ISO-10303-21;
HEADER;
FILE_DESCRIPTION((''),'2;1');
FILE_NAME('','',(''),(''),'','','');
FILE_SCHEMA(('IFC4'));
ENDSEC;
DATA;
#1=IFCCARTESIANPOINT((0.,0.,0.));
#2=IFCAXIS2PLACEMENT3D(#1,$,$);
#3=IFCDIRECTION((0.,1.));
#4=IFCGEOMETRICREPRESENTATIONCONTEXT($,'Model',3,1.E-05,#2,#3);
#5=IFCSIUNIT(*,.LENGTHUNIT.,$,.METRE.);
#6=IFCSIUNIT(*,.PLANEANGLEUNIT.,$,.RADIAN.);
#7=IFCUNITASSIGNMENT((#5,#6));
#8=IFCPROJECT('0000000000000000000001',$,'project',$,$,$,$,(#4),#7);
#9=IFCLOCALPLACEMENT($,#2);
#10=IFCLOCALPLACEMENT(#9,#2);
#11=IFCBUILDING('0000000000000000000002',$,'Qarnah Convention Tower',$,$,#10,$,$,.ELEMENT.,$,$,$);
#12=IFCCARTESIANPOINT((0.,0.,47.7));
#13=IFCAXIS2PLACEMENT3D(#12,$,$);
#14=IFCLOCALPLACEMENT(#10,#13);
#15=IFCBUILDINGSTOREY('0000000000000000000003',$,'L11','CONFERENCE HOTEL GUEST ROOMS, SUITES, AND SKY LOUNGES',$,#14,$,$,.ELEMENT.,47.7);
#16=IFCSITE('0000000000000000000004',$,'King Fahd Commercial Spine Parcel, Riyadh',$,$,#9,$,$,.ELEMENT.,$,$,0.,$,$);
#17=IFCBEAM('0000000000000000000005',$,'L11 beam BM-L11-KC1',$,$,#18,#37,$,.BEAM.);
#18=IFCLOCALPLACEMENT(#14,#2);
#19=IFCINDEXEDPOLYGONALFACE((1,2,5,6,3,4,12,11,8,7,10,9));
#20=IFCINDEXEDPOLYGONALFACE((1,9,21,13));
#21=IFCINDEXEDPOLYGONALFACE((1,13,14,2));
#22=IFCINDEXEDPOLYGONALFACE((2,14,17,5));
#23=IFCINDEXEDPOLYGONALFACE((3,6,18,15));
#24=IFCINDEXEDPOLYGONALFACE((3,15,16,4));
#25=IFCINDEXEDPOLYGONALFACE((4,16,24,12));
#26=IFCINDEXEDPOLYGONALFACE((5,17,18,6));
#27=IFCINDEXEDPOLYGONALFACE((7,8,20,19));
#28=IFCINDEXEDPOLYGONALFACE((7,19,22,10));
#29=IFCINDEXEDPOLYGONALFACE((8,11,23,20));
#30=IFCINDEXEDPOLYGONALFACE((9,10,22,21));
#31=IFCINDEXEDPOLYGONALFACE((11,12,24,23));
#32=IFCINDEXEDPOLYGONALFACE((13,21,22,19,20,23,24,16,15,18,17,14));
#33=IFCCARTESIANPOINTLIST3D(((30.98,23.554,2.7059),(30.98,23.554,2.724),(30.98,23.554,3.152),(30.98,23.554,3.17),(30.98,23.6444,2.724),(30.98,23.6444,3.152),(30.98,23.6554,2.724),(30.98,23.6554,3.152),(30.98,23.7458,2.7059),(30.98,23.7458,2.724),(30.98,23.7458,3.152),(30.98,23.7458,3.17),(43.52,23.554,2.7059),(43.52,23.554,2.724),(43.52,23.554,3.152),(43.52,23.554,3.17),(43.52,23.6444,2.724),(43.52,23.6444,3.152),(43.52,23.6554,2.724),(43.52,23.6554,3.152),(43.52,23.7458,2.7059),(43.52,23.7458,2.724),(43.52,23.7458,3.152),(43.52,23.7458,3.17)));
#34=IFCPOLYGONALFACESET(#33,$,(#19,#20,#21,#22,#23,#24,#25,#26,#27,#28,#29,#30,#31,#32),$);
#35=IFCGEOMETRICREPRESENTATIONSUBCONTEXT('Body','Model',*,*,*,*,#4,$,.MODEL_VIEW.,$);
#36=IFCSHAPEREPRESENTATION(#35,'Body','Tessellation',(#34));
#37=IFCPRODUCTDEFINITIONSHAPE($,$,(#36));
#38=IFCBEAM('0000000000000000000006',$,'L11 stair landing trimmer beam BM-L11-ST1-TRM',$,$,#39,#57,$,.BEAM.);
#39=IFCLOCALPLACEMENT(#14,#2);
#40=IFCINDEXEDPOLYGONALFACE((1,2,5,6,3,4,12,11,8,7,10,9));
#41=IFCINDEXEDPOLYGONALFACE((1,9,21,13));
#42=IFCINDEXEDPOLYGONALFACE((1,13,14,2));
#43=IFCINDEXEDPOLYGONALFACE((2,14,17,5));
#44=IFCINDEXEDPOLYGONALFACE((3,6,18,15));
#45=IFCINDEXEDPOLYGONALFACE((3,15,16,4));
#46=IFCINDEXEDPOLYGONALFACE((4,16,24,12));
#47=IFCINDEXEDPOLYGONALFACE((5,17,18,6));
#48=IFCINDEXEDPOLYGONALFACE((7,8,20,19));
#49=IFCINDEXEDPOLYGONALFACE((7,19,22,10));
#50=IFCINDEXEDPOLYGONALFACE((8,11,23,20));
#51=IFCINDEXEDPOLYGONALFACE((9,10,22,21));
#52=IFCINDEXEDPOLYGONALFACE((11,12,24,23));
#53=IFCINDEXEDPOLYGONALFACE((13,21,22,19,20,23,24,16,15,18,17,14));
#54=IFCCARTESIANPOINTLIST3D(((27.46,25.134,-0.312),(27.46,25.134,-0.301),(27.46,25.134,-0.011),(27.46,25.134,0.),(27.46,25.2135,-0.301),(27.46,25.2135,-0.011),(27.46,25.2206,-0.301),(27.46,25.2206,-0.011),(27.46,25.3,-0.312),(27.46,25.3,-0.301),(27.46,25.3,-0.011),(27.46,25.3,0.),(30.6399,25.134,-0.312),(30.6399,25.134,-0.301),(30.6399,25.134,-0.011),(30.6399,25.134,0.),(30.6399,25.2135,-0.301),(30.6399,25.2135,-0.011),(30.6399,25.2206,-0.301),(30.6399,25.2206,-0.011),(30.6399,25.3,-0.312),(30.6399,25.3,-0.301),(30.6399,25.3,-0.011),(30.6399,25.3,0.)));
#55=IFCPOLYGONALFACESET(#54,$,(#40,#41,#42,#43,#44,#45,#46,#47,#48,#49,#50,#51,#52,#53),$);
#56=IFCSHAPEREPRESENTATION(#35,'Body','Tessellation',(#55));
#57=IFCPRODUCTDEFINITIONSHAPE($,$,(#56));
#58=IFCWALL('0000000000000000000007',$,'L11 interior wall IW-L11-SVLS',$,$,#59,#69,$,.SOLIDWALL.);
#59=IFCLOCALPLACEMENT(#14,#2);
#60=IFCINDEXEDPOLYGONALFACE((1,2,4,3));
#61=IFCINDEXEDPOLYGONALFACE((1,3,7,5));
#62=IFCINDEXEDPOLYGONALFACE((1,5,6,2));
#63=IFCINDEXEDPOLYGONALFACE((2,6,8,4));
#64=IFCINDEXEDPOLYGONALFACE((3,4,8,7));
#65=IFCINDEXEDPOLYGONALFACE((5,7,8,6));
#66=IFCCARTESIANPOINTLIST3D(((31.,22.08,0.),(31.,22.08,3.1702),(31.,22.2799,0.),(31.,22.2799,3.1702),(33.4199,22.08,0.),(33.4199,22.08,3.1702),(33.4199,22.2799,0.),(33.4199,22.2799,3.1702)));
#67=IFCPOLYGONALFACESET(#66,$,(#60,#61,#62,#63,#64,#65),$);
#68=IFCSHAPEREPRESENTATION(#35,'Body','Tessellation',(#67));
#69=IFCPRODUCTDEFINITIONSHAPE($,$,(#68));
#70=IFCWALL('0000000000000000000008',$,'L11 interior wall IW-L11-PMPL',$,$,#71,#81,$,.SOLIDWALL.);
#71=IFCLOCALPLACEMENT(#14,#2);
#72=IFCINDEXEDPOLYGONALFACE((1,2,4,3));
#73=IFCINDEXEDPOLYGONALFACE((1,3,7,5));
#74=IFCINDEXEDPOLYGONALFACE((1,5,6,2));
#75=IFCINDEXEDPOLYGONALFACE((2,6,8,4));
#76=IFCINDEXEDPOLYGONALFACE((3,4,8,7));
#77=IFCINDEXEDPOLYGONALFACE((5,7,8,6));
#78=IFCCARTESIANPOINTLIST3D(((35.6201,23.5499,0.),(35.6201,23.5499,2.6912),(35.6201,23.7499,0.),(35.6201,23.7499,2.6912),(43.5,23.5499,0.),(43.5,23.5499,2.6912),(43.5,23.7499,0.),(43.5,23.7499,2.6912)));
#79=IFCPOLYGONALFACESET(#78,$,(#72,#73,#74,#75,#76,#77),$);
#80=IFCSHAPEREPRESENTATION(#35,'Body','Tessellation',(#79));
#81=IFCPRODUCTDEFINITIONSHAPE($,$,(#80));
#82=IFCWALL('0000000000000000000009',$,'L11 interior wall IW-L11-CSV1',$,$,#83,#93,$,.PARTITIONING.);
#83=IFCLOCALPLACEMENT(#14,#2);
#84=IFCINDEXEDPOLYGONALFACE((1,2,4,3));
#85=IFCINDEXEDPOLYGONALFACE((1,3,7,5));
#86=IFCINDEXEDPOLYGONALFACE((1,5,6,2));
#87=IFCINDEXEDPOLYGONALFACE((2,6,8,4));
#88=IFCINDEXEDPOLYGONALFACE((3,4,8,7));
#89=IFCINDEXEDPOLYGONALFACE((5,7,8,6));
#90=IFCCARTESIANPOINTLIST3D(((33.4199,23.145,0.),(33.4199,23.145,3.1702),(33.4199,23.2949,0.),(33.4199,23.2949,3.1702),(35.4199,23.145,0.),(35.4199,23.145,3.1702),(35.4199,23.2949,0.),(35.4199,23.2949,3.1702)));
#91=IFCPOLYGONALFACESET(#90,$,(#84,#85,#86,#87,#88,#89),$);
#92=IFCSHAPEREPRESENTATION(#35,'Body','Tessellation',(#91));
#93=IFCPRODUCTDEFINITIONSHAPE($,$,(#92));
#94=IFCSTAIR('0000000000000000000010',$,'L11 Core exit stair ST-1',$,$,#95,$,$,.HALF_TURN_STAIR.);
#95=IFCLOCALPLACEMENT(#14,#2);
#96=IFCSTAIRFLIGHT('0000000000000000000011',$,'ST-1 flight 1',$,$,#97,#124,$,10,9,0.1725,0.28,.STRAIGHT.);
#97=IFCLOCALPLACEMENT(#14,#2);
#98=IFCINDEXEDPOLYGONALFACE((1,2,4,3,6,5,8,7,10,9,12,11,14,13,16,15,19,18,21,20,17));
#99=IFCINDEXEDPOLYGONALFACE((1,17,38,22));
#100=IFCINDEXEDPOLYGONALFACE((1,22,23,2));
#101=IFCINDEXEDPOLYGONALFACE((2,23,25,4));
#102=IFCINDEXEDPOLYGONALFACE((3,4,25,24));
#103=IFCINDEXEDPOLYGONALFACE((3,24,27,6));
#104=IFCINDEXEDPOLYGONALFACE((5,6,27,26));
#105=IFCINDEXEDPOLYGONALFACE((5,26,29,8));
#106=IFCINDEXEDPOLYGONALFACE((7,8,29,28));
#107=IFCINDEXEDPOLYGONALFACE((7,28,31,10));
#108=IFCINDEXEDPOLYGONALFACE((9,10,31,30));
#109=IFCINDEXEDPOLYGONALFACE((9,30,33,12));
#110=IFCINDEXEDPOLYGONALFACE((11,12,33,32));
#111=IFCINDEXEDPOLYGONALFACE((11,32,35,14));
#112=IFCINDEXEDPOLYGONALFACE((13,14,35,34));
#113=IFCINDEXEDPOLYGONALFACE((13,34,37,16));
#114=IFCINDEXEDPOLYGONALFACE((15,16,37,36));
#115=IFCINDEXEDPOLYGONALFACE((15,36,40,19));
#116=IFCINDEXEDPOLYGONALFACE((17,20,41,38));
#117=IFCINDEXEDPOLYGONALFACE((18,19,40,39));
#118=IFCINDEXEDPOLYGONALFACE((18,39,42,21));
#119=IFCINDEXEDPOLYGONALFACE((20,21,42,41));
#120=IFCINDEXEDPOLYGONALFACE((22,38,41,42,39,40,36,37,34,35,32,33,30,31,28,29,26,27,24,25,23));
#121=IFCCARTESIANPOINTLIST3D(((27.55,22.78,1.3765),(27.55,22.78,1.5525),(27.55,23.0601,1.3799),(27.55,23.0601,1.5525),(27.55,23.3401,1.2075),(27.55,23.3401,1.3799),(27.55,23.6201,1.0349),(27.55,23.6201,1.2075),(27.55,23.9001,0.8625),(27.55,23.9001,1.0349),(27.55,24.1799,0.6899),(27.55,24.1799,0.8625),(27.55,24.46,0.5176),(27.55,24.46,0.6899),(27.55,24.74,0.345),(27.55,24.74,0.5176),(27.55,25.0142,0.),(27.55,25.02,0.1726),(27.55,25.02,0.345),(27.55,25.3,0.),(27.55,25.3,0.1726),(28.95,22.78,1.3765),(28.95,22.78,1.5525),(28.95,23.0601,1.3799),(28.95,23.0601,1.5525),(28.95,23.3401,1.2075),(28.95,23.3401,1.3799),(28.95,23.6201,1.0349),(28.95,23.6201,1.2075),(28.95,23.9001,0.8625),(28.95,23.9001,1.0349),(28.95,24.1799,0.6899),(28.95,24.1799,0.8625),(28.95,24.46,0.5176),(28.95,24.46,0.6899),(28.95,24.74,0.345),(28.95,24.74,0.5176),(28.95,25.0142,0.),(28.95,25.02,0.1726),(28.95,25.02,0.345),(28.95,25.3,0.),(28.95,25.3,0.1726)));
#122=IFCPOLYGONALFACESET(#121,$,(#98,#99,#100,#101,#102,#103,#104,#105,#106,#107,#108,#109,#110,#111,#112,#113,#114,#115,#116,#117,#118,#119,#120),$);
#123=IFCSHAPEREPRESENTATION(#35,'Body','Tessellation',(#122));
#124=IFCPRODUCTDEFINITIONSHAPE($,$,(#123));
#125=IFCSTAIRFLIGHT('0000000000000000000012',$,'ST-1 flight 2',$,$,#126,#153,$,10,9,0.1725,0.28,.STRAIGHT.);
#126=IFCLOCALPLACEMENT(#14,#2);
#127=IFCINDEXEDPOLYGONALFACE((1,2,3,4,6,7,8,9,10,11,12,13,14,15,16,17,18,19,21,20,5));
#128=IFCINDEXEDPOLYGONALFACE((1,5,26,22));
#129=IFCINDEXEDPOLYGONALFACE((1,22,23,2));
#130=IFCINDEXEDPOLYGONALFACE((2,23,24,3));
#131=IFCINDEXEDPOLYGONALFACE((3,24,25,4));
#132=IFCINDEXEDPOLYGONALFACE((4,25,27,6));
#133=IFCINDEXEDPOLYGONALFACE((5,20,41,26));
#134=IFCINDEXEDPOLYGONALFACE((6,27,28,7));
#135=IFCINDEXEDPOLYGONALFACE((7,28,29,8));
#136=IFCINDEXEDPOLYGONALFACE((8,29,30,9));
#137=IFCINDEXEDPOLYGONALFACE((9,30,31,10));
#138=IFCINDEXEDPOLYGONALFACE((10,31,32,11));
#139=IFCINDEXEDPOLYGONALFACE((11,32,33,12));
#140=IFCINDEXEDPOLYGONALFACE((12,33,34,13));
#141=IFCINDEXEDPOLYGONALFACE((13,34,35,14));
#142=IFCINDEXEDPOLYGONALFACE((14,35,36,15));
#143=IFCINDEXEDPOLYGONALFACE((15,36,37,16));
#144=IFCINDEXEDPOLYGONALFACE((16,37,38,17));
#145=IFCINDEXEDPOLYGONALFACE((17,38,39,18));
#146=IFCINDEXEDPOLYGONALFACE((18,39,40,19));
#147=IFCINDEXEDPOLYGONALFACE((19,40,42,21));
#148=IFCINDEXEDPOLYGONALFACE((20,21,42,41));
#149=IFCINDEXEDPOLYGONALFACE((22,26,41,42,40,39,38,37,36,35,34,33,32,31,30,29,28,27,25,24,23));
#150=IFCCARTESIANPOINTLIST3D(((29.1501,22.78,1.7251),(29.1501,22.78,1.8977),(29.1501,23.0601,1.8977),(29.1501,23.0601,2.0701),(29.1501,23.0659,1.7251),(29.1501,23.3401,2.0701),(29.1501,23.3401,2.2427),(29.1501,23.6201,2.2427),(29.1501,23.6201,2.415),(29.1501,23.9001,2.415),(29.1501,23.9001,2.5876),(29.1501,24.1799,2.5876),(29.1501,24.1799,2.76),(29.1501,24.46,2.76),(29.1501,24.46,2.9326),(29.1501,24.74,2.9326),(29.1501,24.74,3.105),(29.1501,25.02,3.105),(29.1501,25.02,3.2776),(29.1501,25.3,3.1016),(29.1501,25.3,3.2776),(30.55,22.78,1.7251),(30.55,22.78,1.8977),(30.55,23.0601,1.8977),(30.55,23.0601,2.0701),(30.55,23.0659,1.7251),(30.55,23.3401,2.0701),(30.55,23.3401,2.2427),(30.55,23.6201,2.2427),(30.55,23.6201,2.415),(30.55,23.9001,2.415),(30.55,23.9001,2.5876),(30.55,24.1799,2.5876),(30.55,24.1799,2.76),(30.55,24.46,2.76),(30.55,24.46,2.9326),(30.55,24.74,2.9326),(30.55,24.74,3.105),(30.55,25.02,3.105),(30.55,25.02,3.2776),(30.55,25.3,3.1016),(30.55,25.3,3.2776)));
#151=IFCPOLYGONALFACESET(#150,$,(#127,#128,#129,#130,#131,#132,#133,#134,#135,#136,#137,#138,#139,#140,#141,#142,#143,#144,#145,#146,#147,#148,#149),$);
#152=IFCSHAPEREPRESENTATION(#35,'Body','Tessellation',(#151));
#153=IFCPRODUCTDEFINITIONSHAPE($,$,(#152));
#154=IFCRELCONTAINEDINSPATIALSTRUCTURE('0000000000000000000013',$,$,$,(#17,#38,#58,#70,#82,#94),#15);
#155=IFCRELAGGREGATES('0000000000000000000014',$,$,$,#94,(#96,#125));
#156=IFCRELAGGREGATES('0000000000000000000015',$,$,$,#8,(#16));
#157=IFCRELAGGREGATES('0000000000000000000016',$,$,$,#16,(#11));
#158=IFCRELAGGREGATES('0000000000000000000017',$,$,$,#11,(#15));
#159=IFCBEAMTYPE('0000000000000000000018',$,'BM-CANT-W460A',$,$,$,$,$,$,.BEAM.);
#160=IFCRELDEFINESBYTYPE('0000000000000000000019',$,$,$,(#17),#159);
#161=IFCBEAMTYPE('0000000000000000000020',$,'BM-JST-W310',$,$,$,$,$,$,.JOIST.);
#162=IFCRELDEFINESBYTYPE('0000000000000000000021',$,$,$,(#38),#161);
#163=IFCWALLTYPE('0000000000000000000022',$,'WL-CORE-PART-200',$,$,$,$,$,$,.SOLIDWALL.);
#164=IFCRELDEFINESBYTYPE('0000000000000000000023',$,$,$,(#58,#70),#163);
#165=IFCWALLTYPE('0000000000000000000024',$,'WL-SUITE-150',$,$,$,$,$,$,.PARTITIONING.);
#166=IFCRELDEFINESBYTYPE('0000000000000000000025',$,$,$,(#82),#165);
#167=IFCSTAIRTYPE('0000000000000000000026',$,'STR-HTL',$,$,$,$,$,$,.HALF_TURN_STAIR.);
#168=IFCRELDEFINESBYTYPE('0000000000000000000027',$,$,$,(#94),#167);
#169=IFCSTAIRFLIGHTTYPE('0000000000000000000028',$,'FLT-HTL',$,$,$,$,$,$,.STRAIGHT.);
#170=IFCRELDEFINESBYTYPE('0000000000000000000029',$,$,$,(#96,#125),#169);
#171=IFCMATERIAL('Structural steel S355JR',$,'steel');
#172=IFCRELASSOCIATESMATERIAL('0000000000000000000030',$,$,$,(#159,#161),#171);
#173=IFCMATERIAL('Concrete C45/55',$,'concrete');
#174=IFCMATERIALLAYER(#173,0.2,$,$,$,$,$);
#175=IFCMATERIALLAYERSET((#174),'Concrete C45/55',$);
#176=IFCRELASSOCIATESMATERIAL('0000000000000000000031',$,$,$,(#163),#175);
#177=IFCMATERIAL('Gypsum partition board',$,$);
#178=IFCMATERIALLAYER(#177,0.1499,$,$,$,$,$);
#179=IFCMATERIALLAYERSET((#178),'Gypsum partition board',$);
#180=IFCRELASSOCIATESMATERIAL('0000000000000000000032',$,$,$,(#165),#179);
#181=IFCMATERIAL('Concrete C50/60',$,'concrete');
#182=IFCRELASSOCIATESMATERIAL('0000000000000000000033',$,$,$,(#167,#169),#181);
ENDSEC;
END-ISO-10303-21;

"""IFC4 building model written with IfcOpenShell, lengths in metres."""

from ifc_helpers import new_model, si_unit, direction, frame, frame_2d, origin, origin_2d, place, context, subcontext, project, spatial, polyline, rectangle, i_section, outline, extrude, material, layer, layer_set, material_profile, profile_set, type_object, element, aggregate, save


model = new_model("IFC4")

# Units and contexts
model_context = context("Model", 3, precision=1e-05, world=origin(), true_north=direction((0.0, 1.0)))
body_context = subcontext(model_context, "Body", "Model", "MODEL_VIEW")
ifc_project = project(units=[si_unit("LENGTHUNIT", "METRE"), si_unit("PLANEANGLEUNIT", "RADIAN")], contexts=[model_context])

# Site, building, storey
site_placement = place(None, origin())
site = spatial("IfcSite", under=ifc_project, at=site_placement, Name="King Fahd Commercial Spine Parcel, Riyadh", CompositionType="ELEMENT", RefElevation=0.0)
building_placement = place(site_placement, origin())
building = spatial("IfcBuilding", under=site, at=building_placement, Name="Qarnah Convention Tower", CompositionType="ELEMENT")
storey_placement = place(building_placement, frame((0.0, 0.0, 47.7)))
storey = spatial("IfcBuildingStorey", under=building, at=storey_placement, Name="L11", Description="CONFERENCE HOTEL GUEST ROOMS, SUITES, AND SKY LOUNGES", CompositionType="ELEMENT", Elevation=47.7)

# Beams
ifc_material_1 = material(Name="Structural steel S355JR", Category="steel")
ifc_material_profile_1 = material_profile(ifc_material_1, i_section(OverallWidth=0.1919, OverallDepth=0.4641, WebThickness=0.011, FlangeThickness=0.0181, at=origin_2d()), Name="W460X89")
ifc_profile_set_1 = profile_set([ifc_material_profile_1], Name="Structural steel S355JR")
beam_type_1 = type_object("IfcBeamType", Name="BM-CANT-W460A", PredefinedType="BEAM", material=ifc_profile_set_1)
beam_1_placement = place(storey_placement, frame((30.98, 23.6499, 2.938), z_axis=(1.0, 0.0, 0.0), x_axis=(0.0, 1.0, 0.0)))
element("IfcBeam", 1, at=beam_1_placement, inside=storey, type_object=beam_type_1, Name="L11 beam BM-L11-KC1", PredefinedType="BEAM", context=body_context, shape_type="SweptSolid", body=[
    extrude(i_section(OverallWidth=0.1919, OverallDepth=0.4641, WebThickness=0.011, FlangeThickness=0.0181, at=origin_2d()), origin(), (0.0, 0.0, 1.0), 12.54),
])
ifc_material_profile_2 = material_profile(ifc_material_1, i_section(OverallWidth=0.166, OverallDepth=0.312, WebThickness=0.0071, FlangeThickness=0.011, at=origin_2d()), Name="W310X45")
ifc_profile_set_2 = profile_set([ifc_material_profile_2], Name="Structural steel S355JR")
beam_type_2 = type_object("IfcBeamType", Name="BM-JST-W310", PredefinedType="JOIST", material=ifc_profile_set_2)
beam_2_placement = place(storey_placement, frame((27.46, 25.217, -0.156), z_axis=(1.0, 0.0, 0.0), x_axis=(0.0, 1.0, 0.0)))
element("IfcBeam", 2, at=beam_2_placement, inside=storey, type_object=beam_type_2, Name="L11 stair landing trimmer beam BM-L11-ST1-TRM", PredefinedType="BEAM", context=body_context, shape_type="SweptSolid", body=[
    extrude(i_section(OverallWidth=0.166, OverallDepth=0.312, WebThickness=0.0071, FlangeThickness=0.011, at=origin_2d()), origin(), (0.0, 0.0, 1.0), 3.1799),
])

# Shared definitions
ifc_material_2 = material(Name="Concrete C45/55", Category="concrete")
ifc_layer_1 = layer(ifc_material_2, 0.2)
ifc_layer_set_1 = layer_set([ifc_layer_1], Name="Concrete C45/55")
wall_type_1 = type_object("IfcWallType", Name="WL-CORE-PART-200", PredefinedType="SOLIDWALL", material=ifc_layer_set_1)

# Walls
wall_1_placement = place(storey_placement, frame((31.0, 22.1799, 0.0), z_axis=(0.0, 0.0, 1.0), x_axis=(1.0, 0.0, 0.0)))
element("IfcWall", 3, at=wall_1_placement, inside=storey, type_object=wall_type_1, Name="L11 interior wall IW-L11-SVLS", PredefinedType="SOLIDWALL", context=body_context, shape_type="SweptSolid", body=[
    extrude(rectangle(XDim=2.4199, YDim=0.2, at=frame_2d((1.21, 0.0))), origin(), (0.0, 0.0, 1.0), 3.1702),
])
wall_2_placement = place(storey_placement, frame((35.6201, 23.6499, 0.0), z_axis=(0.0, 0.0, 1.0), x_axis=(1.0, 0.0, 0.0)))
element("IfcWall", 4, at=wall_2_placement, inside=storey, type_object=wall_type_1, Name="L11 interior wall IW-L11-PMPL", PredefinedType="SOLIDWALL", context=body_context, shape_type="SweptSolid", body=[
    extrude(rectangle(XDim=7.8799, YDim=0.2, at=frame_2d((3.9399, 0.0))), origin(), (0.0, 0.0, 1.0), 2.6912),
])

# Wall
ifc_material_3 = material(Name="Gypsum partition board")
ifc_layer_2 = layer(ifc_material_3, 0.1499)
ifc_layer_set_2 = layer_set([ifc_layer_2], Name="Gypsum partition board")
wall_type_2 = type_object("IfcWallType", Name="WL-SUITE-150", PredefinedType="PARTITIONING", material=ifc_layer_set_2)
wall_3_placement = place(storey_placement, frame((33.4199, 23.22, 0.0), z_axis=(0.0, 0.0, 1.0), x_axis=(1.0, 0.0, 0.0)))
element("IfcWall", 5, at=wall_3_placement, inside=storey, type_object=wall_type_2, Name="L11 interior wall IW-L11-CSV1", PredefinedType="PARTITIONING", context=body_context, shape_type="SweptSolid", body=[
    extrude(rectangle(XDim=2.0, YDim=0.1499, at=frame_2d((1.0, 0.0))), origin(), (0.0, 0.0, 1.0), 3.1702),
])

# Stair, stair flights
ifc_material_4 = material(Name="Concrete C50/60", Category="concrete")
stair_type = type_object("IfcStairType", Name="STR-HTL", PredefinedType="HALF_TURN_STAIR", material=ifc_material_4)
stair_placement = place(storey_placement, origin())
stair = element("IfcStair", 6, at=stair_placement, inside=storey, type_object=stair_type, Name="L11 Core exit stair ST-1", PredefinedType="HALF_TURN_STAIR")
stair_flight_type = type_object("IfcStairFlightType", Name="FLT-HTL", PredefinedType="STRAIGHT", material=ifc_material_4)
stair_flight_1_placement = place(storey_placement, frame((28.25, 25.3, 0.0), z_axis=(0.0, 0.0, 1.0), x_axis=(0.0, -1.0, 0.0)))
stair_flight_1 = element("IfcStairFlight", 7, at=stair_flight_1_placement, type_object=stair_flight_type, Name="ST-1 flight 1", NumberOfRisers=10, NumberOfTreads=9, PredefinedType="STRAIGHT", RiserHeight=0.1725, TreadLength=0.28, context=body_context, shape_type="SweptSolid", body=[
    extrude(outline(polyline([(0.0, 0.0), (0.0, 0.1726), (0.28, 0.1726), (0.28, 0.345), (0.5601, 0.345), (0.5601, 0.5176), (0.8401, 0.5176), (0.8401, 0.6899), (1.1201, 0.6899), (1.1201, 0.8625), (1.3999, 0.8625), (1.3999, 1.0349), (1.6799, 1.0349), (1.6799, 1.2075), (1.96, 1.2075), (1.96, 1.3799), (2.24, 1.3799), (2.24, 1.5525), (2.52, 1.5525), (2.52, 1.7251), (2.52, 1.3765), (0.2859, 0.0), (0.0, 0.0)])), frame((0.0, 0.7, 0.0), z_axis=(0.0, -1.0, 0.0), x_axis=(1.0, 0.0, 0.0)), (0.0, 0.0, 1.0), 1.3999),
])
stair_flight_2_placement = place(storey_placement, frame((29.8501, 22.78, 1.7251), z_axis=(0.0, 0.0, 1.0), x_axis=(0.0, 1.0, 0.0)))
stair_flight_2 = element("IfcStairFlight", 8, at=stair_flight_2_placement, type_object=stair_flight_type, Name="ST-1 flight 2", NumberOfRisers=10, NumberOfTreads=9, PredefinedType="STRAIGHT", RiserHeight=0.1725, TreadLength=0.28, context=body_context, shape_type="SweptSolid", body=[
    extrude(outline(polyline([(0.0, 0.0), (0.0, 0.1726), (0.28, 0.1726), (0.28, 0.345), (0.5601, 0.345), (0.5601, 0.5176), (0.8401, 0.5176), (0.8401, 0.6899), (1.1201, 0.6899), (1.1201, 0.8625), (1.3999, 0.8625), (1.3999, 1.0349), (1.6799, 1.0349), (1.6799, 1.2075), (1.96, 1.2075), (1.96, 1.3799), (2.24, 1.3799), (2.24, 1.5525), (2.52, 1.5525), (2.52, 1.7251), (2.52, 1.3765), (0.2859, 0.0), (0.0, 0.0)])), frame((0.0, 0.7, 0.0), z_axis=(0.0, -1.0, 0.0), x_axis=(1.0, 0.0, 0.0)), (0.0, 0.0, 1.0), 1.3999),
])
aggregate(stair, [stair_flight_1, stair_flight_2])

save(model, "model.ifc")
